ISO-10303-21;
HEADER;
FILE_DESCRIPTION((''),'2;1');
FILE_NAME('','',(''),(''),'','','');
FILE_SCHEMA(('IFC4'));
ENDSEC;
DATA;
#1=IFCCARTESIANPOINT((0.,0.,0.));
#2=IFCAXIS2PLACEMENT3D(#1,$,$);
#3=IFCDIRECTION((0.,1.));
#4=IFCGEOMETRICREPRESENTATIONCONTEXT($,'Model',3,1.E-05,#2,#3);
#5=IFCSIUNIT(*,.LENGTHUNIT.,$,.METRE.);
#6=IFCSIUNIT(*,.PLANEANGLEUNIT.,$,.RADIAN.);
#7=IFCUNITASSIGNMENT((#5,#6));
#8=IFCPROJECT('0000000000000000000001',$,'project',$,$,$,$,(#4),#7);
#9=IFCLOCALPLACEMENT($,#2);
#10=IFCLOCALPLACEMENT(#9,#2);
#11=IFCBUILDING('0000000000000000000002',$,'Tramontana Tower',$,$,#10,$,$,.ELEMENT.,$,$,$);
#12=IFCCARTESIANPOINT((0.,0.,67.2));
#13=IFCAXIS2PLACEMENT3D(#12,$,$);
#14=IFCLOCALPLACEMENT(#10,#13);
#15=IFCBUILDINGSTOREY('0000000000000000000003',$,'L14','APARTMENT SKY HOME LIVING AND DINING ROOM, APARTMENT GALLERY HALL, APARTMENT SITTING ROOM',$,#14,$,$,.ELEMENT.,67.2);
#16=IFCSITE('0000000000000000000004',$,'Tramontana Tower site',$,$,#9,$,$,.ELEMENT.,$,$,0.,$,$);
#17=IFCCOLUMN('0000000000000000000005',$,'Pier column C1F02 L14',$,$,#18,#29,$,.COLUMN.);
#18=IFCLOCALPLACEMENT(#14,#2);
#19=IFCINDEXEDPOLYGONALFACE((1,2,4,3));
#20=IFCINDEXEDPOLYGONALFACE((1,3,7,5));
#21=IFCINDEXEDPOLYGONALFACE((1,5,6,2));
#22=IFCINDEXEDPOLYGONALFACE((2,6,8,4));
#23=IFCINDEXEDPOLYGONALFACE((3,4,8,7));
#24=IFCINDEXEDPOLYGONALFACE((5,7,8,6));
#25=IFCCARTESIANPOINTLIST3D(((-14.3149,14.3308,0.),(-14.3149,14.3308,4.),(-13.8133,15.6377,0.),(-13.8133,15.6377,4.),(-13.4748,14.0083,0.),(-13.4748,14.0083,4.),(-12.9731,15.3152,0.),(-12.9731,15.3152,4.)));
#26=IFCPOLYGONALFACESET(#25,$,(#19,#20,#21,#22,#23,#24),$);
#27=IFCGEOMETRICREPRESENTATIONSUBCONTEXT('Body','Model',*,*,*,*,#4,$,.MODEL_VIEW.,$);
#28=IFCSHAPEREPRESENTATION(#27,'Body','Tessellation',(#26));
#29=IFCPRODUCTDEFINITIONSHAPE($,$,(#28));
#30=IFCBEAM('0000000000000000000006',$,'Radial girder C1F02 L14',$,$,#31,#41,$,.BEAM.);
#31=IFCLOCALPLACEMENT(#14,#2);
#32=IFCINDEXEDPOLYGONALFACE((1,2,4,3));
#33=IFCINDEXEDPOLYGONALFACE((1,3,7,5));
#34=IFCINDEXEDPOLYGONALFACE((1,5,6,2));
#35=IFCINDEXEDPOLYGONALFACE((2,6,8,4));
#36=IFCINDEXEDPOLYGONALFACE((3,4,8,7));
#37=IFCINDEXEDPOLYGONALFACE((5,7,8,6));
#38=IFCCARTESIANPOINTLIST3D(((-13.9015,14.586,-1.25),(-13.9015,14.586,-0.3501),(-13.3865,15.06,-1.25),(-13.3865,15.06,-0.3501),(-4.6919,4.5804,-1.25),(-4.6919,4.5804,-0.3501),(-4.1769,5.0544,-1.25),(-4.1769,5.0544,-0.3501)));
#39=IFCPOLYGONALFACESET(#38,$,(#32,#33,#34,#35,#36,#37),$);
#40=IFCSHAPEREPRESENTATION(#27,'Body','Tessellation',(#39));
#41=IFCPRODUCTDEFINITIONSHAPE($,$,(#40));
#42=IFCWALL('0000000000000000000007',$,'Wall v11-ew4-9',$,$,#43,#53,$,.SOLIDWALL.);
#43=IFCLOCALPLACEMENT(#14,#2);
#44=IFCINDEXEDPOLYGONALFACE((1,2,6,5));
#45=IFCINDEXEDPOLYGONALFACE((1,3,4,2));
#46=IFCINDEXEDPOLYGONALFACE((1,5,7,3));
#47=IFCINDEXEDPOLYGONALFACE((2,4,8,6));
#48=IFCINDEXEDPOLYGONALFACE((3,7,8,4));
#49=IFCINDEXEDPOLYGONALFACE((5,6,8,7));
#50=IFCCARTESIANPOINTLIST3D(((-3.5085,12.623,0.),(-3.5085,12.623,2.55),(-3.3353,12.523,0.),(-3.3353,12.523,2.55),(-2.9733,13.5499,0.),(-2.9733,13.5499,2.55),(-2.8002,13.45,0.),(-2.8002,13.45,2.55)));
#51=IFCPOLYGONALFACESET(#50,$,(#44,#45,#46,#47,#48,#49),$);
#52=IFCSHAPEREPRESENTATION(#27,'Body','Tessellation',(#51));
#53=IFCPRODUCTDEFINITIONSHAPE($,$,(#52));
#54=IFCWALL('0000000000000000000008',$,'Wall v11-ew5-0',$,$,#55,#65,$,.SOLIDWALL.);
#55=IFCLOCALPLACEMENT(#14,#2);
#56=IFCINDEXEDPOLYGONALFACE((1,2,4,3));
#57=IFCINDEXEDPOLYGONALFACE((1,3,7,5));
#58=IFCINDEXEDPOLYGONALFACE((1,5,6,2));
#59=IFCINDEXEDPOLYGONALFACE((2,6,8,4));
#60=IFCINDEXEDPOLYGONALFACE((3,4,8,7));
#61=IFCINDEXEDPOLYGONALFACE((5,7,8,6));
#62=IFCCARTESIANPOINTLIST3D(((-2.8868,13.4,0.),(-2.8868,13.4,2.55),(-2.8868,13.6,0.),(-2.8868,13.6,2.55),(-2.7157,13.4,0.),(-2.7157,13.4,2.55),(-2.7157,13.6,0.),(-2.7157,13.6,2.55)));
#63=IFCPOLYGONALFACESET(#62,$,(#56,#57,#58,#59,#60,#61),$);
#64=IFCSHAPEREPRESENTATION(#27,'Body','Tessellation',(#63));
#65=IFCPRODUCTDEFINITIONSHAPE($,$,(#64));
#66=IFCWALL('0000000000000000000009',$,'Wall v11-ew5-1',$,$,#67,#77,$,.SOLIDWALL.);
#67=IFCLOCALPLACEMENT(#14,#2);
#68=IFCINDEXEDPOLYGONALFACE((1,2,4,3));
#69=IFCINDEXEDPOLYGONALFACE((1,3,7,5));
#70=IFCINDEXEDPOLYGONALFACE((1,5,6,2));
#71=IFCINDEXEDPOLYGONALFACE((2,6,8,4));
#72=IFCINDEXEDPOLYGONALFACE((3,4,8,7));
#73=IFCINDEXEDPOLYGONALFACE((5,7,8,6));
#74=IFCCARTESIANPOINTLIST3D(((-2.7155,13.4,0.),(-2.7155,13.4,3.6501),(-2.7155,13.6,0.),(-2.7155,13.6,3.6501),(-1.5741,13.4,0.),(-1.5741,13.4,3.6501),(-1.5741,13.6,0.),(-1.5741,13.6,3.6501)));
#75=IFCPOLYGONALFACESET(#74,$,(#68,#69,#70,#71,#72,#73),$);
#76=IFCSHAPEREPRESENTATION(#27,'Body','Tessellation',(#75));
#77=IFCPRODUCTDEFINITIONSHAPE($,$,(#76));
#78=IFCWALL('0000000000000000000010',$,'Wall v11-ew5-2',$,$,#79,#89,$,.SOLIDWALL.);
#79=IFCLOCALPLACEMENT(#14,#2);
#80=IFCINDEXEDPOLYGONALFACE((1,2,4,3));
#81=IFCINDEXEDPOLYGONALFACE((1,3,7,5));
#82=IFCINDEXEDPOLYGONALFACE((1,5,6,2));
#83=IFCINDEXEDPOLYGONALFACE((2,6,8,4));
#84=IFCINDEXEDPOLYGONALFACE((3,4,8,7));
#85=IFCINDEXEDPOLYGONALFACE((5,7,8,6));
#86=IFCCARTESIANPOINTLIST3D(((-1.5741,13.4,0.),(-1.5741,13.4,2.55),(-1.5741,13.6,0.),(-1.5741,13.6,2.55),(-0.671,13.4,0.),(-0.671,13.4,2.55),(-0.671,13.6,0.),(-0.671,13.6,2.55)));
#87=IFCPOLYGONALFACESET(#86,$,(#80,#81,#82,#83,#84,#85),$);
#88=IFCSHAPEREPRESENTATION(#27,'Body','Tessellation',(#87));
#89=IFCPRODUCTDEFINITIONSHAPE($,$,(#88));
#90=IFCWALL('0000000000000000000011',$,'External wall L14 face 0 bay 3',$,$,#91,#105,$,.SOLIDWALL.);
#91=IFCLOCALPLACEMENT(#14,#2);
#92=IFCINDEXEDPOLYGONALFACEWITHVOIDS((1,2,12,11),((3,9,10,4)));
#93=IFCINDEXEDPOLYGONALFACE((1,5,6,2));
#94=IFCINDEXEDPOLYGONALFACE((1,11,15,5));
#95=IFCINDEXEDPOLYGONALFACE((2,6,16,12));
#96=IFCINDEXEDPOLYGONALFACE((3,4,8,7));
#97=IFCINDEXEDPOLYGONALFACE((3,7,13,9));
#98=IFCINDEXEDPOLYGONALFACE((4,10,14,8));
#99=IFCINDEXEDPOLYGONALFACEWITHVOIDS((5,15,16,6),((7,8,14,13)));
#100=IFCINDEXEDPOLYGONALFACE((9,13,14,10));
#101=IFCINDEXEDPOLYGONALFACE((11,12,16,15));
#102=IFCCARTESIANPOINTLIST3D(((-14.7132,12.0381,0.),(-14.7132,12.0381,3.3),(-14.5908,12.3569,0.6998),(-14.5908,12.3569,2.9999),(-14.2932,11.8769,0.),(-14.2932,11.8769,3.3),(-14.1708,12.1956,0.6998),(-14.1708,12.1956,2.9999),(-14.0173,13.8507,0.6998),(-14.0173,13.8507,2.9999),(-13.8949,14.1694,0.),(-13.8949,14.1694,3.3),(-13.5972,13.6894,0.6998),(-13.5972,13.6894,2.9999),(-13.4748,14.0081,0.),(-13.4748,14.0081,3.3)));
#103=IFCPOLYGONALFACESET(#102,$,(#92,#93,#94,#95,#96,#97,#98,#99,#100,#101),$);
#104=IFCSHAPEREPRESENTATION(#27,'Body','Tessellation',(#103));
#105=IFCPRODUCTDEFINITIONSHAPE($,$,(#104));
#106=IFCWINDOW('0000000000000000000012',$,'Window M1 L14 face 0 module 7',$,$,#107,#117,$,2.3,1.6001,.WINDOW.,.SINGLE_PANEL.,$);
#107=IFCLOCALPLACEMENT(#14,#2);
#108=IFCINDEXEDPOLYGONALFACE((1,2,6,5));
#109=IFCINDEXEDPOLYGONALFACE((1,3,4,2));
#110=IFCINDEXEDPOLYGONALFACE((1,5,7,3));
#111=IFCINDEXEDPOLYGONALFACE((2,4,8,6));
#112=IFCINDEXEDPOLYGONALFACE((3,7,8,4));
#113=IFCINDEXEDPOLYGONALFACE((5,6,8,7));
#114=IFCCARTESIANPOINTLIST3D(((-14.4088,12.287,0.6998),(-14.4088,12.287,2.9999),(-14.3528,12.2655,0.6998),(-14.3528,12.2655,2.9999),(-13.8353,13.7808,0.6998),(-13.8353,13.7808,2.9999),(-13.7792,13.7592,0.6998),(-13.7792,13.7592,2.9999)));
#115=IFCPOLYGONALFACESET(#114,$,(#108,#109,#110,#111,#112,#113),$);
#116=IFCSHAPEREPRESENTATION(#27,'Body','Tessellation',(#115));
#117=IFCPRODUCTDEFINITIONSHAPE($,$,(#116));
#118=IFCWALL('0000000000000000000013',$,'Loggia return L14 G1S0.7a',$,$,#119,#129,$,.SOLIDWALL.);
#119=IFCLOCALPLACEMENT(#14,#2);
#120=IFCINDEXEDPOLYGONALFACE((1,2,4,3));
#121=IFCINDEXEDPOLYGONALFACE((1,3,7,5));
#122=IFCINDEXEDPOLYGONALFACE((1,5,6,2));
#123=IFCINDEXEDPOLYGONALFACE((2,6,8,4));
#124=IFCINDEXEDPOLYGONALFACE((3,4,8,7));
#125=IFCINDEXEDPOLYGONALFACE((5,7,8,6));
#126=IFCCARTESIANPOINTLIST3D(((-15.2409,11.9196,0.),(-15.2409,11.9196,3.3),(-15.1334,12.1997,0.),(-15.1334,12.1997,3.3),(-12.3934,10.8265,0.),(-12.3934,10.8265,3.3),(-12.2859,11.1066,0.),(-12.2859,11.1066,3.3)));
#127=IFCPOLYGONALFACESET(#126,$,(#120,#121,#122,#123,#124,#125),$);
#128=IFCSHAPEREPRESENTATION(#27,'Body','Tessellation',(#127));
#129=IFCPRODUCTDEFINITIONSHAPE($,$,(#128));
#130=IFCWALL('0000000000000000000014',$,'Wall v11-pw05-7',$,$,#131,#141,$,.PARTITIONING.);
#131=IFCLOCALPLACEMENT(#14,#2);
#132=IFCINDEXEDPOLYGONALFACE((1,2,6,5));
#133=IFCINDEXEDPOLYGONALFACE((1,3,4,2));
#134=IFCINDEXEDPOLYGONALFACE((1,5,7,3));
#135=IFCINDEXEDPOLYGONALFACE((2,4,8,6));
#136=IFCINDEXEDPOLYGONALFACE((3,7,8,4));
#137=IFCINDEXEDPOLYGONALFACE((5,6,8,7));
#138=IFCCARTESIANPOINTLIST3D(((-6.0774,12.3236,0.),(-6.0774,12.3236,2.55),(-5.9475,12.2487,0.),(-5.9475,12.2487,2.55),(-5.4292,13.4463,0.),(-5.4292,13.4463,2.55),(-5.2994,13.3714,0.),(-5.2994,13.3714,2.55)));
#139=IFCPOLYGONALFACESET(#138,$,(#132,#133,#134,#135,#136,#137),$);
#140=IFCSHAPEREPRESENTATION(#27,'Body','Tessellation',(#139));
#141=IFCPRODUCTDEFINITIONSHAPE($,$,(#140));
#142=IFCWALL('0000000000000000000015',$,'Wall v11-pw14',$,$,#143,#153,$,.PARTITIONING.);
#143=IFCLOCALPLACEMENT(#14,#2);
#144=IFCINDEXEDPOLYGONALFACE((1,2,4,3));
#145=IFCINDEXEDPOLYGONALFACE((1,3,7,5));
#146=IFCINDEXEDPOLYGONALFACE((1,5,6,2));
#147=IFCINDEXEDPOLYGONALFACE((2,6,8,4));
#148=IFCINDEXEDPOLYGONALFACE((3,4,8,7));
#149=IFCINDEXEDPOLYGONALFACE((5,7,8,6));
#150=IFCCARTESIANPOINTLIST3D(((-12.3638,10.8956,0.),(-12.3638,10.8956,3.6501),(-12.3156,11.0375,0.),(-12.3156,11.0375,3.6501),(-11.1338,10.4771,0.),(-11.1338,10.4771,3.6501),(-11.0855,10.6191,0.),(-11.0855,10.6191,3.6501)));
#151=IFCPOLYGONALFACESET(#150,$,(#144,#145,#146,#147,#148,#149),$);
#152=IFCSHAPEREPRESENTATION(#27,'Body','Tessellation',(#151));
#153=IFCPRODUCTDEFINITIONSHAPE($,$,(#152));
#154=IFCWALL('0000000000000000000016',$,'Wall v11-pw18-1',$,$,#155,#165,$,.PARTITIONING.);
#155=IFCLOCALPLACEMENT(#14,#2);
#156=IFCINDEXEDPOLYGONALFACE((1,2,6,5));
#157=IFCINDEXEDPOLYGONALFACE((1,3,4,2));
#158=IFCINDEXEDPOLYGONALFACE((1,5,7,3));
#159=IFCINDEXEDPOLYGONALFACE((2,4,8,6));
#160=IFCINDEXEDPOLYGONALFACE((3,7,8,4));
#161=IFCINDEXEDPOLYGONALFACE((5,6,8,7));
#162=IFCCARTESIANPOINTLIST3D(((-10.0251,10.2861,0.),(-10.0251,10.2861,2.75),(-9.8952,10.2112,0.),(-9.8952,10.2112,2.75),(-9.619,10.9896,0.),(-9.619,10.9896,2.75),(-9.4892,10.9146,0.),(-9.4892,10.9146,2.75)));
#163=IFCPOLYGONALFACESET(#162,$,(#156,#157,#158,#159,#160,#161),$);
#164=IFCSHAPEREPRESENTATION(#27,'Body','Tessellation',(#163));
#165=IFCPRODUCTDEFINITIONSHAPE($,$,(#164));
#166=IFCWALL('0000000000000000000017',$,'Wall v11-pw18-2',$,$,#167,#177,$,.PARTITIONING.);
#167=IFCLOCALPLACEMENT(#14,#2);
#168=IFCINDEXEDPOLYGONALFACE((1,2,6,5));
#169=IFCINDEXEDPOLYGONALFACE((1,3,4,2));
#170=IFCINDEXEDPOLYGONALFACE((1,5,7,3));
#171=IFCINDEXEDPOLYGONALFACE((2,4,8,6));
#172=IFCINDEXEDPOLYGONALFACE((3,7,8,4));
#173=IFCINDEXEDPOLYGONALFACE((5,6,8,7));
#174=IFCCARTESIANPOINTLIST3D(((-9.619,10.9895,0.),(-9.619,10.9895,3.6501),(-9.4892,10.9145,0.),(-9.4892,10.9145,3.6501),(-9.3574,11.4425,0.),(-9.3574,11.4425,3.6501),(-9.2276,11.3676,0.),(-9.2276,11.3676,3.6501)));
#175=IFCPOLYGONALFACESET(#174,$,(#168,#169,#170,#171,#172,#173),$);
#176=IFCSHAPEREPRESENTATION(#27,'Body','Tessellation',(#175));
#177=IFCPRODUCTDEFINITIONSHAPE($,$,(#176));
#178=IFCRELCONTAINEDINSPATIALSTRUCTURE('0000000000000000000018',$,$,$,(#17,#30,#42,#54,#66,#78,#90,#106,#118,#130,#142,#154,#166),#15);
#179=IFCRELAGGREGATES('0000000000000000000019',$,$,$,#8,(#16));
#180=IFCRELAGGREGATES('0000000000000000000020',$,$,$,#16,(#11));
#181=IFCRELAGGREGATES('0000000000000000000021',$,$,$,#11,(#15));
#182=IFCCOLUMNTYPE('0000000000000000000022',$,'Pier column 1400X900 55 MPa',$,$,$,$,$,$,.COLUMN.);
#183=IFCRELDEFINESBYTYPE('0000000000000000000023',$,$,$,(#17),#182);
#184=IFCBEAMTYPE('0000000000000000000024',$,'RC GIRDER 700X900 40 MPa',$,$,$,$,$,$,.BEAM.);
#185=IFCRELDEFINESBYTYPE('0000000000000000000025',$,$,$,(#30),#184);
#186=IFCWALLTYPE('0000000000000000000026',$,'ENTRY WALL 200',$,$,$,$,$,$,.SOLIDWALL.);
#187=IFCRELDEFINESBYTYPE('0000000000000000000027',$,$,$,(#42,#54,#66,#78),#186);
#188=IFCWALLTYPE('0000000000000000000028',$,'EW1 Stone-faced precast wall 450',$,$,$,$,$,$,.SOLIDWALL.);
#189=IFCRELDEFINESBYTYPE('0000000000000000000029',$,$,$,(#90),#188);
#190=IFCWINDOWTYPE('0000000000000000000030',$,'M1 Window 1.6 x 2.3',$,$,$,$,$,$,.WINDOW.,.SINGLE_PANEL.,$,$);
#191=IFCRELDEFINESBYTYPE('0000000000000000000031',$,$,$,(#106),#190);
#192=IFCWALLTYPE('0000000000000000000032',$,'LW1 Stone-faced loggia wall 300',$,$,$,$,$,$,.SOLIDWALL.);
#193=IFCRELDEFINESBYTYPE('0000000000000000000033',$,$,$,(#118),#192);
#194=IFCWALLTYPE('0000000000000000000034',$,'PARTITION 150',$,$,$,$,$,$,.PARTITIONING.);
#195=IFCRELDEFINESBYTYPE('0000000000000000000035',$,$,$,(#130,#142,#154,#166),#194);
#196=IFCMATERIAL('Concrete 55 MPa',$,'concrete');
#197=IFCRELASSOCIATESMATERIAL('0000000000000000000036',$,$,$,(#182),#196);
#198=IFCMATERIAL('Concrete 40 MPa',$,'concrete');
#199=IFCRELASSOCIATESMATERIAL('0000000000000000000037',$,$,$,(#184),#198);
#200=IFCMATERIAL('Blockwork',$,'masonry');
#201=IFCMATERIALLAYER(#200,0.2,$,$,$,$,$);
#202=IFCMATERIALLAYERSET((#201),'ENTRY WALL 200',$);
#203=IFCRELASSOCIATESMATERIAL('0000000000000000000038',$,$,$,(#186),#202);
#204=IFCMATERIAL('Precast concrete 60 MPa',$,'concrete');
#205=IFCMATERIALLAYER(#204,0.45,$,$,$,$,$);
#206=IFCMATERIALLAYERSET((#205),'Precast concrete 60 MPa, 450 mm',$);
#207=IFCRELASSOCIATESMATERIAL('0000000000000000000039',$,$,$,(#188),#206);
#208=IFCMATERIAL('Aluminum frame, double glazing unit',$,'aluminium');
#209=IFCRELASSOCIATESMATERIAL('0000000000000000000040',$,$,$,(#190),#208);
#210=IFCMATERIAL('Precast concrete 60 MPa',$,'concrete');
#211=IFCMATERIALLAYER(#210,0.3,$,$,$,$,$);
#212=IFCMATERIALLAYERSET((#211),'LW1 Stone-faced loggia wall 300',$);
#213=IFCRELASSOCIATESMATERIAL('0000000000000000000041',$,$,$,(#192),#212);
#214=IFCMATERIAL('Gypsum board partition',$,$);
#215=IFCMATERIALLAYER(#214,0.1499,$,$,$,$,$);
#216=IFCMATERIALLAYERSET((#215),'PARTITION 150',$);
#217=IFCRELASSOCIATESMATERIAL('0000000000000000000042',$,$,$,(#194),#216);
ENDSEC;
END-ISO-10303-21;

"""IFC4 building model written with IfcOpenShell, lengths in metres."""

from ifc_helpers import new_model, si_unit, direction, frame, frame_2d, origin, origin_2d, place, context, subcontext, project, spatial, rectangle, extrude, material, layer, layer_set, material_profile, profile_set, type_object, element, fill, save


model = new_model("IFC4")

# Units and contexts
model_context = context("Model", 3, precision=1e-05, world=origin(), true_north=direction((0.0, 1.0)))
body_context = subcontext(model_context, "Body", "Model", "MODEL_VIEW")
ifc_project = project(units=[si_unit("LENGTHUNIT", "METRE"), si_unit("PLANEANGLEUNIT", "RADIAN")], contexts=[model_context])

# Site, building, storey
site_placement = place(None, origin())
site = spatial("IfcSite", under=ifc_project, at=site_placement, Name="Tramontana Tower site", CompositionType="ELEMENT", RefElevation=0.0)
building_placement = place(site_placement, origin())
building = spatial("IfcBuilding", under=site, at=building_placement, Name="Tramontana Tower", CompositionType="ELEMENT")
storey_placement = place(building_placement, frame((0.0, 0.0, 67.2)))
storey = spatial("IfcBuildingStorey", under=building, at=storey_placement, Name="L14", Description="APARTMENT SKY HOME LIVING AND DINING ROOM, APARTMENT GALLERY HALL, APARTMENT SITTING ROOM", CompositionType="ELEMENT", Elevation=67.2)

# Column
ifc_material_1 = material(Name="Concrete 55 MPa", Category="concrete")
ifc_material_profile_1 = material_profile(ifc_material_1, rectangle(XDim=1.3999, YDim=0.8999, at=origin_2d()), Name="Pier column 1400X900 55 MPa")
ifc_profile_set_1 = profile_set([ifc_material_profile_1], Name="Concrete 55 MPa")
column_type = type_object("IfcColumnType", Name="Pier column 1400X900 55 MPa", PredefinedType="COLUMN", material=ifc_profile_set_1)
column_placement = place(storey_placement, frame((-13.644, 14.823, 0.0), z_axis=(0.0, 0.0, 1.0), x_axis=(-0.358368, -0.93358, 0.0)))
element("IfcColumn", 1, at=column_placement, inside=storey, type_object=column_type, Name="Pier column C1F02 L14", PredefinedType="COLUMN", context=body_context, shape_type="SweptSolid", body=[
    extrude(rectangle(XDim=1.3999, YDim=0.8999, at=origin_2d()), origin(), (0.0, 0.0, 1.0), 4.0),
])

# Beam
ifc_material_2 = material(Name="Concrete 40 MPa", Category="concrete")
ifc_material_profile_2 = material_profile(ifc_material_2, rectangle(XDim=0.7, YDim=0.8999, at=origin_2d()), Name="RC GIRDER 700X900 40 MPa")
ifc_profile_set_2 = profile_set([ifc_material_profile_2], Name="Concrete 40 MPa")
beam_type = type_object("IfcBeamType", Name="RC GIRDER 700X900 40 MPa", PredefinedType="BEAM", material=ifc_profile_set_2)
beam_placement = place(storey_placement, frame((-13.644, 14.823, -0.8), z_axis=(0.677238, -0.735764, 0.0), x_axis=(0.735764, 0.677238, 0.0)))
element("IfcBeam", 2, at=beam_placement, inside=storey, type_object=beam_type, Name="Radial girder C1F02 L14", PredefinedType="BEAM", context=body_context, shape_type="SweptSolid", body=[
    extrude(rectangle(XDim=0.7, YDim=0.8999, at=origin_2d()), origin(), (0.0, 0.0, 1.0), 13.5989),
])

# Shared definitions
ifc_material_3 = material(Name="Blockwork", Category="masonry")
ifc_layer_1 = layer(ifc_material_3, 0.2)
ifc_layer_set_1 = layer_set([ifc_layer_1], Name="ENTRY WALL 200")
wall_type_1 = type_object("IfcWallType", Name="ENTRY WALL 200", PredefinedType="SOLIDWALL", material=ifc_layer_set_1)

# Walls
wall_1_placement = place(storey_placement, frame((-3.4219, 12.573, 0.0), z_axis=(0.0, 0.0, 1.0), x_axis=(0.499966, 0.866045, 0.0)))
element("IfcWall", 3, at=wall_1_placement, inside=storey, type_object=wall_type_1, Name="Wall v11-ew4-9", PredefinedType="SOLIDWALL", context=body_context, shape_type="SweptSolid", body=[
    extrude(rectangle(XDim=1.0703, YDim=0.2, at=frame_2d((0.5352, 0.0))), origin(), (0.0, 0.0, 1.0), 2.55),
])
wall_2_placement = place(storey_placement, frame((-2.8867, 13.5, 0.0), z_axis=(0.0, 0.0, 1.0), x_axis=(1.0, 0.0, 0.0)))
element("IfcWall", 4, at=wall_2_placement, inside=storey, type_object=wall_type_1, Name="Wall v11-ew5-0", PredefinedType="SOLIDWALL", context=body_context, shape_type="SweptSolid", body=[
    extrude(rectangle(XDim=0.1711, YDim=0.2, at=frame_2d((0.0854, 0.0))), origin(), (0.0, 0.0, 1.0), 2.55),
])
wall_3_placement = place(storey_placement, frame((-2.7156, 13.5, 0.0), z_axis=(0.0, 0.0, 1.0), x_axis=(1.0, 0.0, 0.0)))
element("IfcWall", 5, at=wall_3_placement, inside=storey, type_object=wall_type_1, Name="Wall v11-ew5-1", PredefinedType="SOLIDWALL", context=body_context, shape_type="SweptSolid", body=[
    extrude(rectangle(XDim=1.1414, YDim=0.2, at=frame_2d((0.5708, 0.0))), origin(), (0.0, 0.0, 1.0), 3.6501),
])
wall_4_placement = place(storey_placement, frame((-1.5742, 13.5, 0.0), z_axis=(0.0, 0.0, 1.0), x_axis=(1.0, 0.0, 0.0)))
element("IfcWall", 6, at=wall_4_placement, inside=storey, type_object=wall_type_1, Name="Wall v11-ew5-2", PredefinedType="SOLIDWALL", context=body_context, shape_type="SweptSolid", body=[
    extrude(rectangle(XDim=0.9031, YDim=0.2, at=frame_2d((0.4517, 0.0))), origin(), (0.0, 0.0, 1.0), 2.55),
])

# Wall, opening, window
ifc_material_4 = material(Name="Precast concrete 60 MPa", Category="concrete")
ifc_layer_2 = layer(ifc_material_4, 0.45)
ifc_layer_set_2 = layer_set([ifc_layer_2], Name="Precast concrete 60 MPa, 450 mm")
wall_type_2 = type_object("IfcWallType", Name="EW1 Stone-faced precast wall 450", PredefinedType="SOLIDWALL", material=ifc_layer_set_2)
wall_5_placement = place(storey_placement, frame((-13.6848, 14.0889, 0.0), z_axis=(0.0, 0.0, 1.0), x_axis=(-0.358449, -0.933549, 0.0)))
wall_5 = element("IfcWall", 7, at=wall_5_placement, inside=storey, type_object=wall_type_2, Name="External wall L14 face 0 bay 3", PredefinedType="SOLIDWALL", context=body_context, shape_type="SweptSolid", body=[
    extrude(rectangle(XDim=2.283, YDim=0.45, at=frame_2d((1.1416, 0.0))), origin(), (0.0, 0.0, 1.0), 3.3),
])
opening_1_placement = place(wall_5_placement, frame((0.3416, 0.0, 0.7)))
opening_1 = element("IfcOpeningElement", 8, at=opening_1_placement, cuts=wall_5, PredefinedType="OPENING", context=body_context, shape_type="SweptSolid", body=[
    extrude(rectangle(XDim=1.6001, YDim=2.3, at=frame_2d((0.8, 1.1499))), frame((0.0, 0.2349, 0.0), z_axis=(0.0, -1.0, 0.0), x_axis=(1.0, 0.0, 0.0)), (0.0, 0.0, 1.0), 0.47),
])
ifc_material_5 = material(Name="Aluminum frame, double glazing unit", Category="aluminium")
window_type = type_object("IfcWindowType", Name="M1 Window 1.6 x 2.3", PartitioningType="SINGLE_PANEL", PredefinedType="WINDOW", material=ifc_material_5)
window_placement = place(opening_1_placement, origin())
window = element("IfcWindow", 9, at=window_placement, inside=storey, type_object=window_type, Name="Window M1 L14 face 0 module 7", OverallHeight=2.3, OverallWidth=1.6001, PartitioningType="SINGLE_PANEL", PredefinedType="WINDOW", context=body_context, shape_type="SweptSolid", body=[
    extrude(rectangle(XDim=1.6001, YDim=2.3, at=frame_2d((0.8, 1.1499))), frame((0.0, 0.03, 0.0), z_axis=(0.0, -1.0, 0.0), x_axis=(1.0, 0.0, 0.0)), (0.0, 0.0, 1.0), 0.0601),
])
fill(opening_1, window)

# Shared definitions
ifc_material_6 = material(Name="Precast concrete 60 MPa", Category="concrete")
ifc_layer_3 = layer(ifc_material_6, 0.3)
ifc_layer_set_3 = layer_set([ifc_layer_3], Name="LW1 Stone-faced loggia wall 300")
wall_type_3 = type_object("IfcWallType", Name="LW1 Stone-faced loggia wall 300", PredefinedType="SOLIDWALL", material=ifc_layer_set_3)

# Walls
wall_6_placement = place(storey_placement, frame((-15.187, 12.0596, 0.0), z_axis=(0.0, 0.0, 1.0), x_axis=(0.933581, -0.358368, 0.0)))
element("IfcWall", 10, at=wall_6_placement, inside=storey, type_object=wall_type_3, Name="Loggia return L14 G1S0.7a", PredefinedType="SOLIDWALL", context=body_context, shape_type="SweptSolid", body=[
    extrude(rectangle(XDim=3.05, YDim=0.3, at=frame_2d((1.5249, 0.0))), origin(), (0.0, 0.0, 1.0), 3.3),
])
ifc_material_7 = material(Name="Gypsum board partition")
ifc_layer_4 = layer(ifc_material_7, 0.1499)
ifc_layer_set_4 = layer_set([ifc_layer_4], Name="PARTITION 150")
wall_type_4 = type_object("IfcWallType", Name="PARTITION 150", PredefinedType="PARTITIONING", material=ifc_layer_set_4)
wall_7_placement = place(storey_placement, frame((-6.0125, 12.2861, 0.0), z_axis=(0.0, 0.0, 1.0), x_axis=(0.499967, 0.866044, 0.0)))
element("IfcWall", 11, at=wall_7_placement, inside=storey, type_object=wall_type_4, Name="Wall v11-pw05-7", PredefinedType="PARTITIONING", context=body_context, shape_type="SweptSolid", body=[
    extrude(rectangle(XDim=1.2964, YDim=0.1499, at=frame_2d((0.6482, 0.0))), origin(), (0.0, 0.0, 1.0), 2.55),
])
wall_8_placement = place(storey_placement, frame((-11.1096, 10.5481, 0.0), z_axis=(0.0, 0.0, 1.0), x_axis=(-0.946711, 0.322085, 0.0)))
element("IfcWall", 12, at=wall_8_placement, inside=storey, type_object=wall_type_4, Name="Wall v11-pw14", PredefinedType="PARTITIONING", context=body_context, shape_type="SweptSolid", body=[
    extrude(rectangle(XDim=1.2993, YDim=0.1499, at=frame_2d((0.6497, 0.0))), origin(), (0.0, 0.0, 1.0), 3.6501),
])
wall_9_placement = place(storey_placement, frame((-9.9602, 10.2485, 0.0), z_axis=(0.0, 0.0, 1.0), x_axis=(0.499922, 0.86607, 0.0)))
element("IfcWall", 13, at=wall_9_placement, inside=storey, type_object=wall_type_4, Name="Wall v11-pw18-1", PredefinedType="PARTITIONING", context=body_context, shape_type="SweptSolid", body=[
    extrude(rectangle(XDim=0.8123, YDim=0.1499, at=frame_2d((0.4062, 0.0))), origin(), (0.0, 0.0, 1.0), 2.75),
])
wall_10_placement = place(storey_placement, frame((-9.5542, 10.9519, 0.0), z_axis=(0.0, 0.0, 1.0), x_axis=(0.500153, 0.865937, 0.0)))
element("IfcWall", 14, at=wall_10_placement, inside=storey, type_object=wall_type_4, Name="Wall v11-pw18-2", PredefinedType="PARTITIONING", context=body_context, shape_type="SweptSolid", body=[
    extrude(rectangle(XDim=0.5232, YDim=0.1499, at=frame_2d((0.2617, 0.0))), origin(), (0.0, 0.0, 1.0), 3.6501),
])

save(model, "model.ifc")
